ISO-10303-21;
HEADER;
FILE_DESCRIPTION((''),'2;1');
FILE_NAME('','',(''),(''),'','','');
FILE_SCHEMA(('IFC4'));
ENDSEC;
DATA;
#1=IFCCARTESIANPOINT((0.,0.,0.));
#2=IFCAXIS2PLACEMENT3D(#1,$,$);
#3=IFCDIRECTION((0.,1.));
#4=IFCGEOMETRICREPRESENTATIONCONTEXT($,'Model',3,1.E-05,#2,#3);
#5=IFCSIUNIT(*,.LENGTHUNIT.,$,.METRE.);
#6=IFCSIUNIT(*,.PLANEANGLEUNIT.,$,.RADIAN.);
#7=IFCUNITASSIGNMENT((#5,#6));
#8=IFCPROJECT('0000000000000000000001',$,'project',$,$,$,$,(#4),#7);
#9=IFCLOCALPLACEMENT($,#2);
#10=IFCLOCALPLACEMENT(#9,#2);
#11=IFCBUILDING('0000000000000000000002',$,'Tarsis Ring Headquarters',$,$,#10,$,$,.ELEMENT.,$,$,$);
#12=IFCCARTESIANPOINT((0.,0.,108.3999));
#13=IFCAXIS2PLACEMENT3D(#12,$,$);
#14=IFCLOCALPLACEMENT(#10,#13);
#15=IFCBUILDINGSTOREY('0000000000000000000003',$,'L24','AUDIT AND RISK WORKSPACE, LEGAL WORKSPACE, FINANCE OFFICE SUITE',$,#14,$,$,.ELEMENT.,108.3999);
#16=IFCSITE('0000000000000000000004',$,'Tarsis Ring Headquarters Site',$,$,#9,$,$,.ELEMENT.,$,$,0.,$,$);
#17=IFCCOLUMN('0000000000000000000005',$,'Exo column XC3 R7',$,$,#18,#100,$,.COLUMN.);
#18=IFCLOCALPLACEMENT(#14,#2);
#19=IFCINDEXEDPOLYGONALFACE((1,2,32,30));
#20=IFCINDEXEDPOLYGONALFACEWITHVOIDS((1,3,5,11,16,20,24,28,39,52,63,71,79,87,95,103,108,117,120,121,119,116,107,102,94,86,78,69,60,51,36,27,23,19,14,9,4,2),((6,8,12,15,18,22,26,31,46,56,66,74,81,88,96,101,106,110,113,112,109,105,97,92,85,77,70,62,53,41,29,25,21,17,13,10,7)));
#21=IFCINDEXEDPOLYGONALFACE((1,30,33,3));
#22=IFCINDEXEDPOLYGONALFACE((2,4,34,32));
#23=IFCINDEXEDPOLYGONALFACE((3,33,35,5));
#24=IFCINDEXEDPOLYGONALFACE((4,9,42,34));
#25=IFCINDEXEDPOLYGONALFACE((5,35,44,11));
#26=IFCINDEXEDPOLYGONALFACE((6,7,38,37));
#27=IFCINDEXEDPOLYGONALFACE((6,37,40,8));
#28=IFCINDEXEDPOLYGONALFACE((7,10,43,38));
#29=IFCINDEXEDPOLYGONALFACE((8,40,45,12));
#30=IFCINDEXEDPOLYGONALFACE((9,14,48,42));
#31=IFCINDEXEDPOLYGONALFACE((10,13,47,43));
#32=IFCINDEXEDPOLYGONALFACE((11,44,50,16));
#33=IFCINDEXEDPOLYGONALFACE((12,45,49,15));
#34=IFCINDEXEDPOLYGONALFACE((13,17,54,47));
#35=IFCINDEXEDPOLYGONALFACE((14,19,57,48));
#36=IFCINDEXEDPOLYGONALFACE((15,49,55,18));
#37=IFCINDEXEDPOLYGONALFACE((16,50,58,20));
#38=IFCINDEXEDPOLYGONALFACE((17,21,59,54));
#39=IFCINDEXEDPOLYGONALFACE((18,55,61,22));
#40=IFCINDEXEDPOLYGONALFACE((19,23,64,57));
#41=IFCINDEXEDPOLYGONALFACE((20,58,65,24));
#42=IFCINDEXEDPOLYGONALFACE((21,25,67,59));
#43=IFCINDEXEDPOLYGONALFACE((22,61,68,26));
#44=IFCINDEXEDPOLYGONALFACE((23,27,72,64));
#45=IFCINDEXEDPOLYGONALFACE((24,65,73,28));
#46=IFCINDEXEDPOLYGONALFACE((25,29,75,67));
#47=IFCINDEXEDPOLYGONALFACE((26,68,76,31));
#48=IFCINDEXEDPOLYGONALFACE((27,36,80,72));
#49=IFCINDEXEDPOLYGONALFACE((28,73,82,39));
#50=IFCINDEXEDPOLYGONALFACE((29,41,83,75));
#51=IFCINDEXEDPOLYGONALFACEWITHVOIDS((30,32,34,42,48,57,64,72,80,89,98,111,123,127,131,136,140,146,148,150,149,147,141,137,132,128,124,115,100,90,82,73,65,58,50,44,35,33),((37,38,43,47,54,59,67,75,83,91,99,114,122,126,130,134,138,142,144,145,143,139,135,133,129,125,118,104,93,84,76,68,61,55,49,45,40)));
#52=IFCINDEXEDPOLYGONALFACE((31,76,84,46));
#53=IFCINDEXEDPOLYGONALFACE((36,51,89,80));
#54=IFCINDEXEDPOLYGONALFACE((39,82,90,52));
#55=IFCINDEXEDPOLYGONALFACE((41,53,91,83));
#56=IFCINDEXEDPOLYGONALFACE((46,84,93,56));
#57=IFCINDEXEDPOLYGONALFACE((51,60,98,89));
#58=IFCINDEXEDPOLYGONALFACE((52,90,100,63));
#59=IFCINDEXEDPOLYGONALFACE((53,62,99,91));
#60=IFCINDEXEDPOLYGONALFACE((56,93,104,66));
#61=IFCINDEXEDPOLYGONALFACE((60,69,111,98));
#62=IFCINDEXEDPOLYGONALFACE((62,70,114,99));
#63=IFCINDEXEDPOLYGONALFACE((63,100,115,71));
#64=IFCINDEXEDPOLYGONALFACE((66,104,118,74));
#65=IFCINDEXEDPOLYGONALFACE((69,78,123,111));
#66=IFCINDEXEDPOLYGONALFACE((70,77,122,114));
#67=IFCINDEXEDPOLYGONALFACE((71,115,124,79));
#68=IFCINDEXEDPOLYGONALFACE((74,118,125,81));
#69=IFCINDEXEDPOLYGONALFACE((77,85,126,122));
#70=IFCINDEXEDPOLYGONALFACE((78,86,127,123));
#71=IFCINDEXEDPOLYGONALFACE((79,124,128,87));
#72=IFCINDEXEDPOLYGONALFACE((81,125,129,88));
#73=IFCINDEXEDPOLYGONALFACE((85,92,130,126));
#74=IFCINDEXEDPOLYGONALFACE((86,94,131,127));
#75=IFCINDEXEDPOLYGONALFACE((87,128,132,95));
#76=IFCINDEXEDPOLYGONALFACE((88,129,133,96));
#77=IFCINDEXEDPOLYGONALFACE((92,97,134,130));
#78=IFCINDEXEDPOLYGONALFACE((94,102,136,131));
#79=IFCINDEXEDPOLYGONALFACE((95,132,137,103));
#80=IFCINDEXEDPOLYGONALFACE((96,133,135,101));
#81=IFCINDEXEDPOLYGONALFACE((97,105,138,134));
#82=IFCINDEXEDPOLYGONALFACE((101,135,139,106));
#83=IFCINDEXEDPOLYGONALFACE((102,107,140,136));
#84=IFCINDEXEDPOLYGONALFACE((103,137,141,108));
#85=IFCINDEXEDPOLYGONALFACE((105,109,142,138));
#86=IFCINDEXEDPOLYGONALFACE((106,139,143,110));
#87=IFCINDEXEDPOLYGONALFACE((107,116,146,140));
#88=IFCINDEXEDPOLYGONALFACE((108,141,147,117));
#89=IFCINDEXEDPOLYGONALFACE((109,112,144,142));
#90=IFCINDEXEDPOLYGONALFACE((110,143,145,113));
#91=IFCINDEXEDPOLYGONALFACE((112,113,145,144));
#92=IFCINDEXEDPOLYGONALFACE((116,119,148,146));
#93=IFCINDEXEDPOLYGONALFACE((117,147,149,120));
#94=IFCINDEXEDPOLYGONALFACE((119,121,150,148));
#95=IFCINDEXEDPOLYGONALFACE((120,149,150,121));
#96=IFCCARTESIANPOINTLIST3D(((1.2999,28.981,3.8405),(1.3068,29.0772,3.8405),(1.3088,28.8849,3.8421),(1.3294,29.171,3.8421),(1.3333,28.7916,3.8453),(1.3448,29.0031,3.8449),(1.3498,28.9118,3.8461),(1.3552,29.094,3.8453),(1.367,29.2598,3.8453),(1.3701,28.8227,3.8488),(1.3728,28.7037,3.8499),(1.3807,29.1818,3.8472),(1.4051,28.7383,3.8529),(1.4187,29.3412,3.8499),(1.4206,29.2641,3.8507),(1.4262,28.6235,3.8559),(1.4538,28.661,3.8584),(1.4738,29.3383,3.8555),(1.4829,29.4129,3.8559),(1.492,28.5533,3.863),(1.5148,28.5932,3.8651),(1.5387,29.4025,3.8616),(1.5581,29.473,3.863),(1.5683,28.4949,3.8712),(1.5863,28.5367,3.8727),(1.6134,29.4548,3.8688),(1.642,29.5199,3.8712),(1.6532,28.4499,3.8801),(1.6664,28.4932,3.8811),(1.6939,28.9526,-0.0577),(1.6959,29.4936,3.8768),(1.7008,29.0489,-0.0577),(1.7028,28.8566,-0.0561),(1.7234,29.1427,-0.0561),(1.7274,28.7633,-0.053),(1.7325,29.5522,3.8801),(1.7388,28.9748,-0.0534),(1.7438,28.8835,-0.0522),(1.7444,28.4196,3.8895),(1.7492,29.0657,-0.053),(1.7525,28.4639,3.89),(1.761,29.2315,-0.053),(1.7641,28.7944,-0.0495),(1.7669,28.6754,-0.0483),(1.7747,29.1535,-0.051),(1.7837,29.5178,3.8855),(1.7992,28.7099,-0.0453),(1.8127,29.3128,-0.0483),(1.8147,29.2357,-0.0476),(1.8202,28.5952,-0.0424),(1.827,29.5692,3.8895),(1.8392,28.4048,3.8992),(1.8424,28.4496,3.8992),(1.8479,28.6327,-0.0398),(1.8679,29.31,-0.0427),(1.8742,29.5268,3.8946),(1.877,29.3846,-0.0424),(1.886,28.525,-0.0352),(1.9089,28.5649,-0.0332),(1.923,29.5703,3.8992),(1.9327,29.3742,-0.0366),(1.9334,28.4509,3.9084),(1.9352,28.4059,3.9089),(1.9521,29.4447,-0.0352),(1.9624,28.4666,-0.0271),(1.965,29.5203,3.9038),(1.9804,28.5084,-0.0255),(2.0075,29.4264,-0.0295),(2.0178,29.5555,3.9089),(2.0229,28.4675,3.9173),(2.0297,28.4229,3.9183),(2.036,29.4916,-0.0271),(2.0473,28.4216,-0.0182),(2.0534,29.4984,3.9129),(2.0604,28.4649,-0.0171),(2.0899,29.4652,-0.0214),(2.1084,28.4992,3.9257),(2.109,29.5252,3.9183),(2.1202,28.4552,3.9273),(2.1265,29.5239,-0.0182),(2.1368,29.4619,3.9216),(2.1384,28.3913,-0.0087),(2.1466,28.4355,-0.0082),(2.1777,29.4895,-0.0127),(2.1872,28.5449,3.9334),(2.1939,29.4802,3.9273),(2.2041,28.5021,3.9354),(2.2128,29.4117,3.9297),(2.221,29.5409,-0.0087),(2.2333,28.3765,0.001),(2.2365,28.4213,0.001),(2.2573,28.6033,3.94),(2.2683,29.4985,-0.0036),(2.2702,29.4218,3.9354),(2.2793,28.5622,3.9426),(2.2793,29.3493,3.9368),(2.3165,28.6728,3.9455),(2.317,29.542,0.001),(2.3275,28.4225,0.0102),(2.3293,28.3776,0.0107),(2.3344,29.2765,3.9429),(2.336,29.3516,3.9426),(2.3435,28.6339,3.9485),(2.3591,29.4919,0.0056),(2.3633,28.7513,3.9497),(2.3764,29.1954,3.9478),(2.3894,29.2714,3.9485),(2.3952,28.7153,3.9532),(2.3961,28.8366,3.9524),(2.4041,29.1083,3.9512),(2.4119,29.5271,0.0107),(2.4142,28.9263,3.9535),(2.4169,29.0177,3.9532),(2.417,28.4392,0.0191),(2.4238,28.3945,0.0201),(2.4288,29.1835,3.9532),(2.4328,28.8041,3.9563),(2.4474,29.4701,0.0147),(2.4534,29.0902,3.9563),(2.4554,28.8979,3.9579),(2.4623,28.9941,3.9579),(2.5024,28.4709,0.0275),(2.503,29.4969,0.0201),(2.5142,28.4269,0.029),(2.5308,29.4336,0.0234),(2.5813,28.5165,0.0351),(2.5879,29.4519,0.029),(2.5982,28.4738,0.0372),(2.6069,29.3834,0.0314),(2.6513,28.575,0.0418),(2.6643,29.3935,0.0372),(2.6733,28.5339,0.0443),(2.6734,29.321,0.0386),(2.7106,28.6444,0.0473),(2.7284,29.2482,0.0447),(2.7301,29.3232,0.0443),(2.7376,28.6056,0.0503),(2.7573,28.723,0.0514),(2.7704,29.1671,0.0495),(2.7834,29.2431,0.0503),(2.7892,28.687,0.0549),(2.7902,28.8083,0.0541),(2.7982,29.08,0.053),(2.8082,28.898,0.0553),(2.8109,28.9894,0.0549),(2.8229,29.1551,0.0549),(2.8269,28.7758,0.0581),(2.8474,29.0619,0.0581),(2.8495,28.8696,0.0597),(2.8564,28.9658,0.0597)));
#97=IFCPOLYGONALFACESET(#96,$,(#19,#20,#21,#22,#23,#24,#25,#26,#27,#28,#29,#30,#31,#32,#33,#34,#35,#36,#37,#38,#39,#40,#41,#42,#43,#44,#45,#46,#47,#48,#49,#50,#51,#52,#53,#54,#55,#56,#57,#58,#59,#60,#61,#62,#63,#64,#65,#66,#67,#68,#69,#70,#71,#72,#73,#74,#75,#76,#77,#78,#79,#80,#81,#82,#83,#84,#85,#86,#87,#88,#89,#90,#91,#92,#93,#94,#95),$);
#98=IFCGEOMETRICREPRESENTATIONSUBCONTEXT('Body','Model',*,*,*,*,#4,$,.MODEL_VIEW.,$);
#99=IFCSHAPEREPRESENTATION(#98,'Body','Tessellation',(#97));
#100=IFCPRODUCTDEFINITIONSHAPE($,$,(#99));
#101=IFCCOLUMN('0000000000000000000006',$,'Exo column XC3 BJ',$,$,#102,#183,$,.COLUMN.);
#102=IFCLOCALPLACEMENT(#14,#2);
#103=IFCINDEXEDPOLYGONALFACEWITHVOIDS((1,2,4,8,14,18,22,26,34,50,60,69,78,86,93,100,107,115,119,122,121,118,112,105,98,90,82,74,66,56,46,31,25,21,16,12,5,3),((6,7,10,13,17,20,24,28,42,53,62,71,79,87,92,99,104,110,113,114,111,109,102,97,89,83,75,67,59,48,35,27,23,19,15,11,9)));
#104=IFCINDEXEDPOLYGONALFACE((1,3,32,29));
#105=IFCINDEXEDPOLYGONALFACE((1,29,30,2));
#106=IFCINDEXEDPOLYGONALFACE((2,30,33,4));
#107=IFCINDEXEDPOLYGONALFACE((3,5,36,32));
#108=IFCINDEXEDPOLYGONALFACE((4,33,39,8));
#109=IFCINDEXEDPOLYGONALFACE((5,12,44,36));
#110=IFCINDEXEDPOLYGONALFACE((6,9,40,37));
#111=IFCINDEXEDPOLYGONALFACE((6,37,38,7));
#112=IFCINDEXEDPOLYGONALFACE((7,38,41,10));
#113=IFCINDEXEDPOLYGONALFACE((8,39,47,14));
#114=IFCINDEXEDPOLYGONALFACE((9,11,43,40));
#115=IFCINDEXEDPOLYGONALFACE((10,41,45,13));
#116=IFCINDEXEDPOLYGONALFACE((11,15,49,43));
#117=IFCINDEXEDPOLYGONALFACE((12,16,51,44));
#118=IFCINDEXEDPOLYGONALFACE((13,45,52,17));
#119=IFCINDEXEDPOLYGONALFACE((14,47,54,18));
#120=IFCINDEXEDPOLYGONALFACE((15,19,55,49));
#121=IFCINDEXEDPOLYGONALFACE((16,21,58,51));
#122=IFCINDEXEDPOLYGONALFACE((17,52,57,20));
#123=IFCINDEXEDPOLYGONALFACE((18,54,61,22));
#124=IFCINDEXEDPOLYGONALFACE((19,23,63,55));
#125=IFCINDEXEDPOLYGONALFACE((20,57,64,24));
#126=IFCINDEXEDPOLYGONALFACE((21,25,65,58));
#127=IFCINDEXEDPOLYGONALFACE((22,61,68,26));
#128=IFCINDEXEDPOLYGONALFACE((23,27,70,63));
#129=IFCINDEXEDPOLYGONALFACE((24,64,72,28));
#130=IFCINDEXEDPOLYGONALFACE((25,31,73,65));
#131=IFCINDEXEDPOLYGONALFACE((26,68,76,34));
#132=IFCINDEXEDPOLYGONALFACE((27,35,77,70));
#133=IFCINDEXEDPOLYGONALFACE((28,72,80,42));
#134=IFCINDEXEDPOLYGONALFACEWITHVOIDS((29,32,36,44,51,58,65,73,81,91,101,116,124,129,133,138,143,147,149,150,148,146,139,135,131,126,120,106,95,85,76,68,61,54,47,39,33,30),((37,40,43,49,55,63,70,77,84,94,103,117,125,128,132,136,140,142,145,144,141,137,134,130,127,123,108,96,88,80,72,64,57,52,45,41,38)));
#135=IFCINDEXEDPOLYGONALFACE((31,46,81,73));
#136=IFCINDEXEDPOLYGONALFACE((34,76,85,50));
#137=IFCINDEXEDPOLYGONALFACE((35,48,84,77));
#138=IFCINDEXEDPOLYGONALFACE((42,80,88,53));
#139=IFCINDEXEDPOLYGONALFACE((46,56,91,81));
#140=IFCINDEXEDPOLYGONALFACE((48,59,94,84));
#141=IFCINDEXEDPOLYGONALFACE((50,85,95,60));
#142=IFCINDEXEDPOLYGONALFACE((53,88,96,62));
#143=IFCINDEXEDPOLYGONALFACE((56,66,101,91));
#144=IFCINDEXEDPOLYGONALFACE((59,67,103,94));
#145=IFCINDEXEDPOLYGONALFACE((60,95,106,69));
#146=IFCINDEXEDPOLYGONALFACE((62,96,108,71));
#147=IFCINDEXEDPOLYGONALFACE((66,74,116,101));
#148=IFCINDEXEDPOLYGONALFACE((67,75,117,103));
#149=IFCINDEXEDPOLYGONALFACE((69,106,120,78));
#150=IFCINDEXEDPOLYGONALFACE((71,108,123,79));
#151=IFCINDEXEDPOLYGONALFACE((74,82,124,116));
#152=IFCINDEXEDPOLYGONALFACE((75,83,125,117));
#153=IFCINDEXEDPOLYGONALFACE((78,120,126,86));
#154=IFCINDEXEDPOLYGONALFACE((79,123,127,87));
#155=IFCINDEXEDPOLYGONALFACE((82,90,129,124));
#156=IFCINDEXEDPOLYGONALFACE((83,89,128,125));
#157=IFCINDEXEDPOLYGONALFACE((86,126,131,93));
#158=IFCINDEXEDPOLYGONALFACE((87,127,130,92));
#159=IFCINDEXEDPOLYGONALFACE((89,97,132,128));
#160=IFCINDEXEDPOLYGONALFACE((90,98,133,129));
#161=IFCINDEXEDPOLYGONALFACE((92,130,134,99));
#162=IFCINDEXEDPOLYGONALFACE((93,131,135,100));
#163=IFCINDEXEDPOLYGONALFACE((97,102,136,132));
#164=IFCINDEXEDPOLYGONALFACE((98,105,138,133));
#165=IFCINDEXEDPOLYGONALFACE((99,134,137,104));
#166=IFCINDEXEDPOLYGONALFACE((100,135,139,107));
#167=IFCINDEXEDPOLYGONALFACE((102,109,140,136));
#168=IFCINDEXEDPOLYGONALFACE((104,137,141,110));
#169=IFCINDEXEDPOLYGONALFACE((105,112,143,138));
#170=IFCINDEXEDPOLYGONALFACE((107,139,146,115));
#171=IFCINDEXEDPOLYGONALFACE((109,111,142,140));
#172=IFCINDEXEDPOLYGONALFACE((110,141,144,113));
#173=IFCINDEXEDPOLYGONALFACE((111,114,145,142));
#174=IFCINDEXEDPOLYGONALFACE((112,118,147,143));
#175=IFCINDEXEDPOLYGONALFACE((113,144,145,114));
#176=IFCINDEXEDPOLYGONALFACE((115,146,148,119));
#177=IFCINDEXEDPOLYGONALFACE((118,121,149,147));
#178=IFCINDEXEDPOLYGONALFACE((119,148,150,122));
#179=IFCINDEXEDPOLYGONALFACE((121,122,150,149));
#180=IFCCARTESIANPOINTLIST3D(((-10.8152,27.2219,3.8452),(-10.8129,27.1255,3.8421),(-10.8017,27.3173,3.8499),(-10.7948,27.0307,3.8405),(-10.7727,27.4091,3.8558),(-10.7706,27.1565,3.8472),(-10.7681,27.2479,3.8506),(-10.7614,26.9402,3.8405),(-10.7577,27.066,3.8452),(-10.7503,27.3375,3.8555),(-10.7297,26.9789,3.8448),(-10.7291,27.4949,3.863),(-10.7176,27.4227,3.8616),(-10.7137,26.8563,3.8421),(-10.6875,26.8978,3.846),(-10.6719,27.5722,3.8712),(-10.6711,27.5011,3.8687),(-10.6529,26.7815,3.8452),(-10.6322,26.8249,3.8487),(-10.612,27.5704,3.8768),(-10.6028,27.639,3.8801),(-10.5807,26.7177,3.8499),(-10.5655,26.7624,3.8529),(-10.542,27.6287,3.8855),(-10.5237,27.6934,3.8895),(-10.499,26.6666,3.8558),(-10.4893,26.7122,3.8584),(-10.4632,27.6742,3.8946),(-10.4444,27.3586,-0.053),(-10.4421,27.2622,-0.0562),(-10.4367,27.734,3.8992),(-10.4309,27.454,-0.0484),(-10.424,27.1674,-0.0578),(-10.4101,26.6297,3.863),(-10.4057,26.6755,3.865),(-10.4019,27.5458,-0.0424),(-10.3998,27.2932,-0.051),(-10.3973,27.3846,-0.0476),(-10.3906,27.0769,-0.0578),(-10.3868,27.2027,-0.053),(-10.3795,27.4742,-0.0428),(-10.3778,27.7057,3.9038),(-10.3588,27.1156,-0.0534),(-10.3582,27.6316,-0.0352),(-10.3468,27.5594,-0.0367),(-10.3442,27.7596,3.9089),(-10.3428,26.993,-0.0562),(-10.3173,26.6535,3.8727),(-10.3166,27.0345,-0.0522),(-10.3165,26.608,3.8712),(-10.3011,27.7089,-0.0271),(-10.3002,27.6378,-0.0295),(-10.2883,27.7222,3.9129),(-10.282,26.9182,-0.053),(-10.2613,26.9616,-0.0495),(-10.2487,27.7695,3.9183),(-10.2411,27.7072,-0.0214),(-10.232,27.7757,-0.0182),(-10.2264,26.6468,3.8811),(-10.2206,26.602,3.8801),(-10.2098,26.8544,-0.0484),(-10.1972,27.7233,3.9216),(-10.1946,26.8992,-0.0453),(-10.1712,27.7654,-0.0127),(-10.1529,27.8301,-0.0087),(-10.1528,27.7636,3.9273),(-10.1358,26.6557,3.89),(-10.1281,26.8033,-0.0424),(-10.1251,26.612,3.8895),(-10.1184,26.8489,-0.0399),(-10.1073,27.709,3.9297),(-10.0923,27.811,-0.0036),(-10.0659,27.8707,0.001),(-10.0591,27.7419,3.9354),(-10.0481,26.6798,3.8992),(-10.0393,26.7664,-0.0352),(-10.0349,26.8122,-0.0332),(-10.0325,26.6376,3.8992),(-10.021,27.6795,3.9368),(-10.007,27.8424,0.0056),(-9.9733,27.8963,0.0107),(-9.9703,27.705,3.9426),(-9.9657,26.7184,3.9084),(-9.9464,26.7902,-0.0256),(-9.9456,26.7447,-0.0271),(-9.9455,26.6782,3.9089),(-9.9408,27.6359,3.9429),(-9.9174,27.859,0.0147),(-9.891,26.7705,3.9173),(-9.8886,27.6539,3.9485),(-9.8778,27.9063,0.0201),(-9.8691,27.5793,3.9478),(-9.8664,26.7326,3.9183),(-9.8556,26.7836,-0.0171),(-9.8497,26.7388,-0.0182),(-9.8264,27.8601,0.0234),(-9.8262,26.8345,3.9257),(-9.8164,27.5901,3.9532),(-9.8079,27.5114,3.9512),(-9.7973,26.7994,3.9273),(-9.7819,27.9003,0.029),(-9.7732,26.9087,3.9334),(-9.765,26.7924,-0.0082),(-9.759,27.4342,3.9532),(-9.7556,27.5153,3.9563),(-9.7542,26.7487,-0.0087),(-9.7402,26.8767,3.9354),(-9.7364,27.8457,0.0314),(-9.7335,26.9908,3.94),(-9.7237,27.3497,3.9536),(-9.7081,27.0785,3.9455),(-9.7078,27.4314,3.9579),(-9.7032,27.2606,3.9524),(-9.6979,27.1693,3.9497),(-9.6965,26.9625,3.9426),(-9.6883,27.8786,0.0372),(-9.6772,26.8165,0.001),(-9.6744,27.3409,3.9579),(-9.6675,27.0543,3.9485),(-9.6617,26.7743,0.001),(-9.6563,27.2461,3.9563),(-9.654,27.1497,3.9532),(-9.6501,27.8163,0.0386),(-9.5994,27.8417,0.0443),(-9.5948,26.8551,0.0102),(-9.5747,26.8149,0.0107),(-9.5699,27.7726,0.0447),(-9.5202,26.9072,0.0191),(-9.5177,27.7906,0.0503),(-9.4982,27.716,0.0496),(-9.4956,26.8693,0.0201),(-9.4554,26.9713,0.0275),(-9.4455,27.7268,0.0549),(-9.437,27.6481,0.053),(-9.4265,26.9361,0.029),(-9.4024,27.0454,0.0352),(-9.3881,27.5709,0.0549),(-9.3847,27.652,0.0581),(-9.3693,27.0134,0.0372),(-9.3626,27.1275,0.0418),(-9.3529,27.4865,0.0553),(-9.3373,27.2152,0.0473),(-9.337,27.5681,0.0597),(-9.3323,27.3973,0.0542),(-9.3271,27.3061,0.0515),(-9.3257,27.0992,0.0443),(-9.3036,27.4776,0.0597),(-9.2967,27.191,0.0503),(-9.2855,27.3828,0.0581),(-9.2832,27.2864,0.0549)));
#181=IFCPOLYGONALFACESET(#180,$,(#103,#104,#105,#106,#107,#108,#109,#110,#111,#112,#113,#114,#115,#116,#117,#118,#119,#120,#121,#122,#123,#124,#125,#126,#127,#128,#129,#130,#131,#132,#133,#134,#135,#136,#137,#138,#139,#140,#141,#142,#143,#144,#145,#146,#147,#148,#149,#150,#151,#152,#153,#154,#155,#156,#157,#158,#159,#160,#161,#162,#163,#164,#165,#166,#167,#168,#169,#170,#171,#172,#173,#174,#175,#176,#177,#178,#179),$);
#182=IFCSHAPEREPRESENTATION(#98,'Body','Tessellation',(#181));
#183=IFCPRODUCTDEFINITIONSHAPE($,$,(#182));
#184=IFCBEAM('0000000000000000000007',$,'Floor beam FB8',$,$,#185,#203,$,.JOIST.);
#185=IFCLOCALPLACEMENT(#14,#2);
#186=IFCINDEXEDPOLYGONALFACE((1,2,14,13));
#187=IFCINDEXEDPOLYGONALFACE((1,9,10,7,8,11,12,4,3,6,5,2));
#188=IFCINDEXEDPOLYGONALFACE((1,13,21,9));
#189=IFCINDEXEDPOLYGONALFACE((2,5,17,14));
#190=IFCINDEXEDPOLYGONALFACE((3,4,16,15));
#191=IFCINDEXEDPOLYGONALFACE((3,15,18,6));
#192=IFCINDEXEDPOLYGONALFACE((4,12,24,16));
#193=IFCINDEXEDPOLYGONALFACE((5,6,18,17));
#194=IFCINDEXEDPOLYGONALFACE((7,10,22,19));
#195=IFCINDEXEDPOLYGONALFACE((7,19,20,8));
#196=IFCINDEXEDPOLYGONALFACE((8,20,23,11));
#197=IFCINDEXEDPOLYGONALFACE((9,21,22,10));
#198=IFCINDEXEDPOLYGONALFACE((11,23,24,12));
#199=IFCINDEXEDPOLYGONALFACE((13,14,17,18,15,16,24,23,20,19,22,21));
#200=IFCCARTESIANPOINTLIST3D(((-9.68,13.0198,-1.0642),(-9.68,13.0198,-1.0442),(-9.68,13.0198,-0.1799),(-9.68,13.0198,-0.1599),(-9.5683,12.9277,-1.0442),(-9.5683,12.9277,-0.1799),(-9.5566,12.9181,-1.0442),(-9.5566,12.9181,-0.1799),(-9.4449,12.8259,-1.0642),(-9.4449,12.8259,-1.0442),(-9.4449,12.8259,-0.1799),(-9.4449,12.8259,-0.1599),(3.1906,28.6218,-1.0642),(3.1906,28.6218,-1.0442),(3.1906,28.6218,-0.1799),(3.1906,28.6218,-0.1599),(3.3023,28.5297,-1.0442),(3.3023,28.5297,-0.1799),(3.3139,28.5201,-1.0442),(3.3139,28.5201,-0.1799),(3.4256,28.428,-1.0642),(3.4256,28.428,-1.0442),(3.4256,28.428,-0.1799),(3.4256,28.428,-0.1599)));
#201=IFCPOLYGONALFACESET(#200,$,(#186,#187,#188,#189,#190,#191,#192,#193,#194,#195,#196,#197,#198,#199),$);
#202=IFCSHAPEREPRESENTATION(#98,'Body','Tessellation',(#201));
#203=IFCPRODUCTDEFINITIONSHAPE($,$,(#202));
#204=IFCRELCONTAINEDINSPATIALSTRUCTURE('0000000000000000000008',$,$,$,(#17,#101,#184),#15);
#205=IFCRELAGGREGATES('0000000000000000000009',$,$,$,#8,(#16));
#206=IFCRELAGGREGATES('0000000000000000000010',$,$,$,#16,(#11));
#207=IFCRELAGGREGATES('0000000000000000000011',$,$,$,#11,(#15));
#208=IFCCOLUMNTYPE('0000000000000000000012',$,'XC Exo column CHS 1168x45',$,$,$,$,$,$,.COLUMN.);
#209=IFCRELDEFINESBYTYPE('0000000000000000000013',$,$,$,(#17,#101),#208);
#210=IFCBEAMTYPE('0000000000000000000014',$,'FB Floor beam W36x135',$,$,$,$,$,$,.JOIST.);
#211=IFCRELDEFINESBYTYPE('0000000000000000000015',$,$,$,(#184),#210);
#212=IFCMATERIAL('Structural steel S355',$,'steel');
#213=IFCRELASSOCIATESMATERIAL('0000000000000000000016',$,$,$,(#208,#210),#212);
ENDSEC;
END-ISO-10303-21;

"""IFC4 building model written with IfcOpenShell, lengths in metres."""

from ifc_helpers import new_model, si_unit, direction, frame, origin, origin_2d, place, context, subcontext, project, spatial, hollow_circle, i_section, extrude, material, material_profile, profile_set, type_object, element, save


model = new_model("IFC4")

# Units and contexts
model_context = context("Model", 3, precision=1e-05, world=origin(), true_north=direction((0.0, 1.0)))
body_context = subcontext(model_context, "Body", "Model", "MODEL_VIEW")
ifc_project = project(units=[si_unit("LENGTHUNIT", "METRE"), si_unit("PLANEANGLEUNIT", "RADIAN")], contexts=[model_context])

# Site, building, storey
site_placement = place(None, origin())
site = spatial("IfcSite", under=ifc_project, at=site_placement, Name="Tarsis Ring Headquarters Site", CompositionType="ELEMENT", RefElevation=0.0)
building_placement = place(site_placement, origin())
building = spatial("IfcBuilding", under=site, at=building_placement, Name="Tarsis Ring Headquarters", CompositionType="ELEMENT")
storey_placement = place(building_placement, frame((0.0, 0.0, 108.3999)))
storey = spatial("IfcBuildingStorey", under=building, at=storey_placement, Name="L24", Description="AUDIT AND RISK WORKSPACE, LEGAL WORKSPACE, FINANCE OFFICE SUITE", CompositionType="ELEMENT", Elevation=108.3999)

# Columns
ifc_material_1 = material(Name="Structural steel S355", Category="steel")
ifc_material_profile_1 = material_profile(ifc_material_1, hollow_circle(Radius=0.5842, WallThickness=0.0449, at=origin_2d()), Name="CHS 1168x45")
ifc_profile_set_1 = profile_set([ifc_material_profile_1], Name="Structural steel S355")
column_type = type_object("IfcColumnType", Name="XC Exo column CHS 1168x45", PredefinedType="COLUMN", material=ifc_profile_set_1)
for number, where, z_axis, x_axis, name in (
    (1, (2.2751, 28.9592, 0.001), (-0.100568, 0.007228, 0.994904), (-0.071686, -0.997427, 0.0), "Exo column XC3 R7"),
    (2, (-9.8638, 27.3225, 0.001), (-0.094648, -0.034893, 0.994899), (0.345906, -0.938269, 0.0), "Exo column XC3 BJ"),
):
    element("IfcColumn", number, at=place(storey_placement, frame(where, z_axis=z_axis, x_axis=x_axis)), inside=storey, type_object=column_type, Name=name, PredefinedType="COLUMN", context=body_context, shape_type="SweptSolid", body=[
        extrude(hollow_circle(Radius=0.5842, WallThickness=0.0449, at=origin_2d()), origin(), (0.0, 0.0, 1.0), 3.9182),
    ])

# Beam
ifc_material_profile_2 = material_profile(ifc_material_1, i_section(OverallWidth=0.3047, OverallDepth=0.9043, WebThickness=0.0151, FlangeThickness=0.02, at=origin_2d()), Name="W36x135")
ifc_profile_set_2 = profile_set([ifc_material_profile_2], Name="Structural steel S355")
beam_type_1 = type_object("IfcBeamType", Name="FB Floor beam W36x135", PredefinedType="JOIST", material=ifc_profile_set_2)
beam_1_placement = place(storey_placement, frame((3.3081, 28.5249, -0.6121), z_axis=(-0.636351, -0.7714, 0.0), x_axis=(0.7714, -0.636351, 0.0)))
element("IfcBeam", 3, at=beam_1_placement, inside=storey, type_object=beam_type_1, Name="Floor beam FB8", PredefinedType="JOIST", context=body_context, shape_type="SweptSolid", body=[
    extrude(i_section(OverallWidth=0.3047, OverallDepth=0.9043, WebThickness=0.0151, FlangeThickness=0.02, at=origin_2d()), origin(), (0.0, 0.0, 1.0), 20.2256),
])

save(model, "model.ifc")
